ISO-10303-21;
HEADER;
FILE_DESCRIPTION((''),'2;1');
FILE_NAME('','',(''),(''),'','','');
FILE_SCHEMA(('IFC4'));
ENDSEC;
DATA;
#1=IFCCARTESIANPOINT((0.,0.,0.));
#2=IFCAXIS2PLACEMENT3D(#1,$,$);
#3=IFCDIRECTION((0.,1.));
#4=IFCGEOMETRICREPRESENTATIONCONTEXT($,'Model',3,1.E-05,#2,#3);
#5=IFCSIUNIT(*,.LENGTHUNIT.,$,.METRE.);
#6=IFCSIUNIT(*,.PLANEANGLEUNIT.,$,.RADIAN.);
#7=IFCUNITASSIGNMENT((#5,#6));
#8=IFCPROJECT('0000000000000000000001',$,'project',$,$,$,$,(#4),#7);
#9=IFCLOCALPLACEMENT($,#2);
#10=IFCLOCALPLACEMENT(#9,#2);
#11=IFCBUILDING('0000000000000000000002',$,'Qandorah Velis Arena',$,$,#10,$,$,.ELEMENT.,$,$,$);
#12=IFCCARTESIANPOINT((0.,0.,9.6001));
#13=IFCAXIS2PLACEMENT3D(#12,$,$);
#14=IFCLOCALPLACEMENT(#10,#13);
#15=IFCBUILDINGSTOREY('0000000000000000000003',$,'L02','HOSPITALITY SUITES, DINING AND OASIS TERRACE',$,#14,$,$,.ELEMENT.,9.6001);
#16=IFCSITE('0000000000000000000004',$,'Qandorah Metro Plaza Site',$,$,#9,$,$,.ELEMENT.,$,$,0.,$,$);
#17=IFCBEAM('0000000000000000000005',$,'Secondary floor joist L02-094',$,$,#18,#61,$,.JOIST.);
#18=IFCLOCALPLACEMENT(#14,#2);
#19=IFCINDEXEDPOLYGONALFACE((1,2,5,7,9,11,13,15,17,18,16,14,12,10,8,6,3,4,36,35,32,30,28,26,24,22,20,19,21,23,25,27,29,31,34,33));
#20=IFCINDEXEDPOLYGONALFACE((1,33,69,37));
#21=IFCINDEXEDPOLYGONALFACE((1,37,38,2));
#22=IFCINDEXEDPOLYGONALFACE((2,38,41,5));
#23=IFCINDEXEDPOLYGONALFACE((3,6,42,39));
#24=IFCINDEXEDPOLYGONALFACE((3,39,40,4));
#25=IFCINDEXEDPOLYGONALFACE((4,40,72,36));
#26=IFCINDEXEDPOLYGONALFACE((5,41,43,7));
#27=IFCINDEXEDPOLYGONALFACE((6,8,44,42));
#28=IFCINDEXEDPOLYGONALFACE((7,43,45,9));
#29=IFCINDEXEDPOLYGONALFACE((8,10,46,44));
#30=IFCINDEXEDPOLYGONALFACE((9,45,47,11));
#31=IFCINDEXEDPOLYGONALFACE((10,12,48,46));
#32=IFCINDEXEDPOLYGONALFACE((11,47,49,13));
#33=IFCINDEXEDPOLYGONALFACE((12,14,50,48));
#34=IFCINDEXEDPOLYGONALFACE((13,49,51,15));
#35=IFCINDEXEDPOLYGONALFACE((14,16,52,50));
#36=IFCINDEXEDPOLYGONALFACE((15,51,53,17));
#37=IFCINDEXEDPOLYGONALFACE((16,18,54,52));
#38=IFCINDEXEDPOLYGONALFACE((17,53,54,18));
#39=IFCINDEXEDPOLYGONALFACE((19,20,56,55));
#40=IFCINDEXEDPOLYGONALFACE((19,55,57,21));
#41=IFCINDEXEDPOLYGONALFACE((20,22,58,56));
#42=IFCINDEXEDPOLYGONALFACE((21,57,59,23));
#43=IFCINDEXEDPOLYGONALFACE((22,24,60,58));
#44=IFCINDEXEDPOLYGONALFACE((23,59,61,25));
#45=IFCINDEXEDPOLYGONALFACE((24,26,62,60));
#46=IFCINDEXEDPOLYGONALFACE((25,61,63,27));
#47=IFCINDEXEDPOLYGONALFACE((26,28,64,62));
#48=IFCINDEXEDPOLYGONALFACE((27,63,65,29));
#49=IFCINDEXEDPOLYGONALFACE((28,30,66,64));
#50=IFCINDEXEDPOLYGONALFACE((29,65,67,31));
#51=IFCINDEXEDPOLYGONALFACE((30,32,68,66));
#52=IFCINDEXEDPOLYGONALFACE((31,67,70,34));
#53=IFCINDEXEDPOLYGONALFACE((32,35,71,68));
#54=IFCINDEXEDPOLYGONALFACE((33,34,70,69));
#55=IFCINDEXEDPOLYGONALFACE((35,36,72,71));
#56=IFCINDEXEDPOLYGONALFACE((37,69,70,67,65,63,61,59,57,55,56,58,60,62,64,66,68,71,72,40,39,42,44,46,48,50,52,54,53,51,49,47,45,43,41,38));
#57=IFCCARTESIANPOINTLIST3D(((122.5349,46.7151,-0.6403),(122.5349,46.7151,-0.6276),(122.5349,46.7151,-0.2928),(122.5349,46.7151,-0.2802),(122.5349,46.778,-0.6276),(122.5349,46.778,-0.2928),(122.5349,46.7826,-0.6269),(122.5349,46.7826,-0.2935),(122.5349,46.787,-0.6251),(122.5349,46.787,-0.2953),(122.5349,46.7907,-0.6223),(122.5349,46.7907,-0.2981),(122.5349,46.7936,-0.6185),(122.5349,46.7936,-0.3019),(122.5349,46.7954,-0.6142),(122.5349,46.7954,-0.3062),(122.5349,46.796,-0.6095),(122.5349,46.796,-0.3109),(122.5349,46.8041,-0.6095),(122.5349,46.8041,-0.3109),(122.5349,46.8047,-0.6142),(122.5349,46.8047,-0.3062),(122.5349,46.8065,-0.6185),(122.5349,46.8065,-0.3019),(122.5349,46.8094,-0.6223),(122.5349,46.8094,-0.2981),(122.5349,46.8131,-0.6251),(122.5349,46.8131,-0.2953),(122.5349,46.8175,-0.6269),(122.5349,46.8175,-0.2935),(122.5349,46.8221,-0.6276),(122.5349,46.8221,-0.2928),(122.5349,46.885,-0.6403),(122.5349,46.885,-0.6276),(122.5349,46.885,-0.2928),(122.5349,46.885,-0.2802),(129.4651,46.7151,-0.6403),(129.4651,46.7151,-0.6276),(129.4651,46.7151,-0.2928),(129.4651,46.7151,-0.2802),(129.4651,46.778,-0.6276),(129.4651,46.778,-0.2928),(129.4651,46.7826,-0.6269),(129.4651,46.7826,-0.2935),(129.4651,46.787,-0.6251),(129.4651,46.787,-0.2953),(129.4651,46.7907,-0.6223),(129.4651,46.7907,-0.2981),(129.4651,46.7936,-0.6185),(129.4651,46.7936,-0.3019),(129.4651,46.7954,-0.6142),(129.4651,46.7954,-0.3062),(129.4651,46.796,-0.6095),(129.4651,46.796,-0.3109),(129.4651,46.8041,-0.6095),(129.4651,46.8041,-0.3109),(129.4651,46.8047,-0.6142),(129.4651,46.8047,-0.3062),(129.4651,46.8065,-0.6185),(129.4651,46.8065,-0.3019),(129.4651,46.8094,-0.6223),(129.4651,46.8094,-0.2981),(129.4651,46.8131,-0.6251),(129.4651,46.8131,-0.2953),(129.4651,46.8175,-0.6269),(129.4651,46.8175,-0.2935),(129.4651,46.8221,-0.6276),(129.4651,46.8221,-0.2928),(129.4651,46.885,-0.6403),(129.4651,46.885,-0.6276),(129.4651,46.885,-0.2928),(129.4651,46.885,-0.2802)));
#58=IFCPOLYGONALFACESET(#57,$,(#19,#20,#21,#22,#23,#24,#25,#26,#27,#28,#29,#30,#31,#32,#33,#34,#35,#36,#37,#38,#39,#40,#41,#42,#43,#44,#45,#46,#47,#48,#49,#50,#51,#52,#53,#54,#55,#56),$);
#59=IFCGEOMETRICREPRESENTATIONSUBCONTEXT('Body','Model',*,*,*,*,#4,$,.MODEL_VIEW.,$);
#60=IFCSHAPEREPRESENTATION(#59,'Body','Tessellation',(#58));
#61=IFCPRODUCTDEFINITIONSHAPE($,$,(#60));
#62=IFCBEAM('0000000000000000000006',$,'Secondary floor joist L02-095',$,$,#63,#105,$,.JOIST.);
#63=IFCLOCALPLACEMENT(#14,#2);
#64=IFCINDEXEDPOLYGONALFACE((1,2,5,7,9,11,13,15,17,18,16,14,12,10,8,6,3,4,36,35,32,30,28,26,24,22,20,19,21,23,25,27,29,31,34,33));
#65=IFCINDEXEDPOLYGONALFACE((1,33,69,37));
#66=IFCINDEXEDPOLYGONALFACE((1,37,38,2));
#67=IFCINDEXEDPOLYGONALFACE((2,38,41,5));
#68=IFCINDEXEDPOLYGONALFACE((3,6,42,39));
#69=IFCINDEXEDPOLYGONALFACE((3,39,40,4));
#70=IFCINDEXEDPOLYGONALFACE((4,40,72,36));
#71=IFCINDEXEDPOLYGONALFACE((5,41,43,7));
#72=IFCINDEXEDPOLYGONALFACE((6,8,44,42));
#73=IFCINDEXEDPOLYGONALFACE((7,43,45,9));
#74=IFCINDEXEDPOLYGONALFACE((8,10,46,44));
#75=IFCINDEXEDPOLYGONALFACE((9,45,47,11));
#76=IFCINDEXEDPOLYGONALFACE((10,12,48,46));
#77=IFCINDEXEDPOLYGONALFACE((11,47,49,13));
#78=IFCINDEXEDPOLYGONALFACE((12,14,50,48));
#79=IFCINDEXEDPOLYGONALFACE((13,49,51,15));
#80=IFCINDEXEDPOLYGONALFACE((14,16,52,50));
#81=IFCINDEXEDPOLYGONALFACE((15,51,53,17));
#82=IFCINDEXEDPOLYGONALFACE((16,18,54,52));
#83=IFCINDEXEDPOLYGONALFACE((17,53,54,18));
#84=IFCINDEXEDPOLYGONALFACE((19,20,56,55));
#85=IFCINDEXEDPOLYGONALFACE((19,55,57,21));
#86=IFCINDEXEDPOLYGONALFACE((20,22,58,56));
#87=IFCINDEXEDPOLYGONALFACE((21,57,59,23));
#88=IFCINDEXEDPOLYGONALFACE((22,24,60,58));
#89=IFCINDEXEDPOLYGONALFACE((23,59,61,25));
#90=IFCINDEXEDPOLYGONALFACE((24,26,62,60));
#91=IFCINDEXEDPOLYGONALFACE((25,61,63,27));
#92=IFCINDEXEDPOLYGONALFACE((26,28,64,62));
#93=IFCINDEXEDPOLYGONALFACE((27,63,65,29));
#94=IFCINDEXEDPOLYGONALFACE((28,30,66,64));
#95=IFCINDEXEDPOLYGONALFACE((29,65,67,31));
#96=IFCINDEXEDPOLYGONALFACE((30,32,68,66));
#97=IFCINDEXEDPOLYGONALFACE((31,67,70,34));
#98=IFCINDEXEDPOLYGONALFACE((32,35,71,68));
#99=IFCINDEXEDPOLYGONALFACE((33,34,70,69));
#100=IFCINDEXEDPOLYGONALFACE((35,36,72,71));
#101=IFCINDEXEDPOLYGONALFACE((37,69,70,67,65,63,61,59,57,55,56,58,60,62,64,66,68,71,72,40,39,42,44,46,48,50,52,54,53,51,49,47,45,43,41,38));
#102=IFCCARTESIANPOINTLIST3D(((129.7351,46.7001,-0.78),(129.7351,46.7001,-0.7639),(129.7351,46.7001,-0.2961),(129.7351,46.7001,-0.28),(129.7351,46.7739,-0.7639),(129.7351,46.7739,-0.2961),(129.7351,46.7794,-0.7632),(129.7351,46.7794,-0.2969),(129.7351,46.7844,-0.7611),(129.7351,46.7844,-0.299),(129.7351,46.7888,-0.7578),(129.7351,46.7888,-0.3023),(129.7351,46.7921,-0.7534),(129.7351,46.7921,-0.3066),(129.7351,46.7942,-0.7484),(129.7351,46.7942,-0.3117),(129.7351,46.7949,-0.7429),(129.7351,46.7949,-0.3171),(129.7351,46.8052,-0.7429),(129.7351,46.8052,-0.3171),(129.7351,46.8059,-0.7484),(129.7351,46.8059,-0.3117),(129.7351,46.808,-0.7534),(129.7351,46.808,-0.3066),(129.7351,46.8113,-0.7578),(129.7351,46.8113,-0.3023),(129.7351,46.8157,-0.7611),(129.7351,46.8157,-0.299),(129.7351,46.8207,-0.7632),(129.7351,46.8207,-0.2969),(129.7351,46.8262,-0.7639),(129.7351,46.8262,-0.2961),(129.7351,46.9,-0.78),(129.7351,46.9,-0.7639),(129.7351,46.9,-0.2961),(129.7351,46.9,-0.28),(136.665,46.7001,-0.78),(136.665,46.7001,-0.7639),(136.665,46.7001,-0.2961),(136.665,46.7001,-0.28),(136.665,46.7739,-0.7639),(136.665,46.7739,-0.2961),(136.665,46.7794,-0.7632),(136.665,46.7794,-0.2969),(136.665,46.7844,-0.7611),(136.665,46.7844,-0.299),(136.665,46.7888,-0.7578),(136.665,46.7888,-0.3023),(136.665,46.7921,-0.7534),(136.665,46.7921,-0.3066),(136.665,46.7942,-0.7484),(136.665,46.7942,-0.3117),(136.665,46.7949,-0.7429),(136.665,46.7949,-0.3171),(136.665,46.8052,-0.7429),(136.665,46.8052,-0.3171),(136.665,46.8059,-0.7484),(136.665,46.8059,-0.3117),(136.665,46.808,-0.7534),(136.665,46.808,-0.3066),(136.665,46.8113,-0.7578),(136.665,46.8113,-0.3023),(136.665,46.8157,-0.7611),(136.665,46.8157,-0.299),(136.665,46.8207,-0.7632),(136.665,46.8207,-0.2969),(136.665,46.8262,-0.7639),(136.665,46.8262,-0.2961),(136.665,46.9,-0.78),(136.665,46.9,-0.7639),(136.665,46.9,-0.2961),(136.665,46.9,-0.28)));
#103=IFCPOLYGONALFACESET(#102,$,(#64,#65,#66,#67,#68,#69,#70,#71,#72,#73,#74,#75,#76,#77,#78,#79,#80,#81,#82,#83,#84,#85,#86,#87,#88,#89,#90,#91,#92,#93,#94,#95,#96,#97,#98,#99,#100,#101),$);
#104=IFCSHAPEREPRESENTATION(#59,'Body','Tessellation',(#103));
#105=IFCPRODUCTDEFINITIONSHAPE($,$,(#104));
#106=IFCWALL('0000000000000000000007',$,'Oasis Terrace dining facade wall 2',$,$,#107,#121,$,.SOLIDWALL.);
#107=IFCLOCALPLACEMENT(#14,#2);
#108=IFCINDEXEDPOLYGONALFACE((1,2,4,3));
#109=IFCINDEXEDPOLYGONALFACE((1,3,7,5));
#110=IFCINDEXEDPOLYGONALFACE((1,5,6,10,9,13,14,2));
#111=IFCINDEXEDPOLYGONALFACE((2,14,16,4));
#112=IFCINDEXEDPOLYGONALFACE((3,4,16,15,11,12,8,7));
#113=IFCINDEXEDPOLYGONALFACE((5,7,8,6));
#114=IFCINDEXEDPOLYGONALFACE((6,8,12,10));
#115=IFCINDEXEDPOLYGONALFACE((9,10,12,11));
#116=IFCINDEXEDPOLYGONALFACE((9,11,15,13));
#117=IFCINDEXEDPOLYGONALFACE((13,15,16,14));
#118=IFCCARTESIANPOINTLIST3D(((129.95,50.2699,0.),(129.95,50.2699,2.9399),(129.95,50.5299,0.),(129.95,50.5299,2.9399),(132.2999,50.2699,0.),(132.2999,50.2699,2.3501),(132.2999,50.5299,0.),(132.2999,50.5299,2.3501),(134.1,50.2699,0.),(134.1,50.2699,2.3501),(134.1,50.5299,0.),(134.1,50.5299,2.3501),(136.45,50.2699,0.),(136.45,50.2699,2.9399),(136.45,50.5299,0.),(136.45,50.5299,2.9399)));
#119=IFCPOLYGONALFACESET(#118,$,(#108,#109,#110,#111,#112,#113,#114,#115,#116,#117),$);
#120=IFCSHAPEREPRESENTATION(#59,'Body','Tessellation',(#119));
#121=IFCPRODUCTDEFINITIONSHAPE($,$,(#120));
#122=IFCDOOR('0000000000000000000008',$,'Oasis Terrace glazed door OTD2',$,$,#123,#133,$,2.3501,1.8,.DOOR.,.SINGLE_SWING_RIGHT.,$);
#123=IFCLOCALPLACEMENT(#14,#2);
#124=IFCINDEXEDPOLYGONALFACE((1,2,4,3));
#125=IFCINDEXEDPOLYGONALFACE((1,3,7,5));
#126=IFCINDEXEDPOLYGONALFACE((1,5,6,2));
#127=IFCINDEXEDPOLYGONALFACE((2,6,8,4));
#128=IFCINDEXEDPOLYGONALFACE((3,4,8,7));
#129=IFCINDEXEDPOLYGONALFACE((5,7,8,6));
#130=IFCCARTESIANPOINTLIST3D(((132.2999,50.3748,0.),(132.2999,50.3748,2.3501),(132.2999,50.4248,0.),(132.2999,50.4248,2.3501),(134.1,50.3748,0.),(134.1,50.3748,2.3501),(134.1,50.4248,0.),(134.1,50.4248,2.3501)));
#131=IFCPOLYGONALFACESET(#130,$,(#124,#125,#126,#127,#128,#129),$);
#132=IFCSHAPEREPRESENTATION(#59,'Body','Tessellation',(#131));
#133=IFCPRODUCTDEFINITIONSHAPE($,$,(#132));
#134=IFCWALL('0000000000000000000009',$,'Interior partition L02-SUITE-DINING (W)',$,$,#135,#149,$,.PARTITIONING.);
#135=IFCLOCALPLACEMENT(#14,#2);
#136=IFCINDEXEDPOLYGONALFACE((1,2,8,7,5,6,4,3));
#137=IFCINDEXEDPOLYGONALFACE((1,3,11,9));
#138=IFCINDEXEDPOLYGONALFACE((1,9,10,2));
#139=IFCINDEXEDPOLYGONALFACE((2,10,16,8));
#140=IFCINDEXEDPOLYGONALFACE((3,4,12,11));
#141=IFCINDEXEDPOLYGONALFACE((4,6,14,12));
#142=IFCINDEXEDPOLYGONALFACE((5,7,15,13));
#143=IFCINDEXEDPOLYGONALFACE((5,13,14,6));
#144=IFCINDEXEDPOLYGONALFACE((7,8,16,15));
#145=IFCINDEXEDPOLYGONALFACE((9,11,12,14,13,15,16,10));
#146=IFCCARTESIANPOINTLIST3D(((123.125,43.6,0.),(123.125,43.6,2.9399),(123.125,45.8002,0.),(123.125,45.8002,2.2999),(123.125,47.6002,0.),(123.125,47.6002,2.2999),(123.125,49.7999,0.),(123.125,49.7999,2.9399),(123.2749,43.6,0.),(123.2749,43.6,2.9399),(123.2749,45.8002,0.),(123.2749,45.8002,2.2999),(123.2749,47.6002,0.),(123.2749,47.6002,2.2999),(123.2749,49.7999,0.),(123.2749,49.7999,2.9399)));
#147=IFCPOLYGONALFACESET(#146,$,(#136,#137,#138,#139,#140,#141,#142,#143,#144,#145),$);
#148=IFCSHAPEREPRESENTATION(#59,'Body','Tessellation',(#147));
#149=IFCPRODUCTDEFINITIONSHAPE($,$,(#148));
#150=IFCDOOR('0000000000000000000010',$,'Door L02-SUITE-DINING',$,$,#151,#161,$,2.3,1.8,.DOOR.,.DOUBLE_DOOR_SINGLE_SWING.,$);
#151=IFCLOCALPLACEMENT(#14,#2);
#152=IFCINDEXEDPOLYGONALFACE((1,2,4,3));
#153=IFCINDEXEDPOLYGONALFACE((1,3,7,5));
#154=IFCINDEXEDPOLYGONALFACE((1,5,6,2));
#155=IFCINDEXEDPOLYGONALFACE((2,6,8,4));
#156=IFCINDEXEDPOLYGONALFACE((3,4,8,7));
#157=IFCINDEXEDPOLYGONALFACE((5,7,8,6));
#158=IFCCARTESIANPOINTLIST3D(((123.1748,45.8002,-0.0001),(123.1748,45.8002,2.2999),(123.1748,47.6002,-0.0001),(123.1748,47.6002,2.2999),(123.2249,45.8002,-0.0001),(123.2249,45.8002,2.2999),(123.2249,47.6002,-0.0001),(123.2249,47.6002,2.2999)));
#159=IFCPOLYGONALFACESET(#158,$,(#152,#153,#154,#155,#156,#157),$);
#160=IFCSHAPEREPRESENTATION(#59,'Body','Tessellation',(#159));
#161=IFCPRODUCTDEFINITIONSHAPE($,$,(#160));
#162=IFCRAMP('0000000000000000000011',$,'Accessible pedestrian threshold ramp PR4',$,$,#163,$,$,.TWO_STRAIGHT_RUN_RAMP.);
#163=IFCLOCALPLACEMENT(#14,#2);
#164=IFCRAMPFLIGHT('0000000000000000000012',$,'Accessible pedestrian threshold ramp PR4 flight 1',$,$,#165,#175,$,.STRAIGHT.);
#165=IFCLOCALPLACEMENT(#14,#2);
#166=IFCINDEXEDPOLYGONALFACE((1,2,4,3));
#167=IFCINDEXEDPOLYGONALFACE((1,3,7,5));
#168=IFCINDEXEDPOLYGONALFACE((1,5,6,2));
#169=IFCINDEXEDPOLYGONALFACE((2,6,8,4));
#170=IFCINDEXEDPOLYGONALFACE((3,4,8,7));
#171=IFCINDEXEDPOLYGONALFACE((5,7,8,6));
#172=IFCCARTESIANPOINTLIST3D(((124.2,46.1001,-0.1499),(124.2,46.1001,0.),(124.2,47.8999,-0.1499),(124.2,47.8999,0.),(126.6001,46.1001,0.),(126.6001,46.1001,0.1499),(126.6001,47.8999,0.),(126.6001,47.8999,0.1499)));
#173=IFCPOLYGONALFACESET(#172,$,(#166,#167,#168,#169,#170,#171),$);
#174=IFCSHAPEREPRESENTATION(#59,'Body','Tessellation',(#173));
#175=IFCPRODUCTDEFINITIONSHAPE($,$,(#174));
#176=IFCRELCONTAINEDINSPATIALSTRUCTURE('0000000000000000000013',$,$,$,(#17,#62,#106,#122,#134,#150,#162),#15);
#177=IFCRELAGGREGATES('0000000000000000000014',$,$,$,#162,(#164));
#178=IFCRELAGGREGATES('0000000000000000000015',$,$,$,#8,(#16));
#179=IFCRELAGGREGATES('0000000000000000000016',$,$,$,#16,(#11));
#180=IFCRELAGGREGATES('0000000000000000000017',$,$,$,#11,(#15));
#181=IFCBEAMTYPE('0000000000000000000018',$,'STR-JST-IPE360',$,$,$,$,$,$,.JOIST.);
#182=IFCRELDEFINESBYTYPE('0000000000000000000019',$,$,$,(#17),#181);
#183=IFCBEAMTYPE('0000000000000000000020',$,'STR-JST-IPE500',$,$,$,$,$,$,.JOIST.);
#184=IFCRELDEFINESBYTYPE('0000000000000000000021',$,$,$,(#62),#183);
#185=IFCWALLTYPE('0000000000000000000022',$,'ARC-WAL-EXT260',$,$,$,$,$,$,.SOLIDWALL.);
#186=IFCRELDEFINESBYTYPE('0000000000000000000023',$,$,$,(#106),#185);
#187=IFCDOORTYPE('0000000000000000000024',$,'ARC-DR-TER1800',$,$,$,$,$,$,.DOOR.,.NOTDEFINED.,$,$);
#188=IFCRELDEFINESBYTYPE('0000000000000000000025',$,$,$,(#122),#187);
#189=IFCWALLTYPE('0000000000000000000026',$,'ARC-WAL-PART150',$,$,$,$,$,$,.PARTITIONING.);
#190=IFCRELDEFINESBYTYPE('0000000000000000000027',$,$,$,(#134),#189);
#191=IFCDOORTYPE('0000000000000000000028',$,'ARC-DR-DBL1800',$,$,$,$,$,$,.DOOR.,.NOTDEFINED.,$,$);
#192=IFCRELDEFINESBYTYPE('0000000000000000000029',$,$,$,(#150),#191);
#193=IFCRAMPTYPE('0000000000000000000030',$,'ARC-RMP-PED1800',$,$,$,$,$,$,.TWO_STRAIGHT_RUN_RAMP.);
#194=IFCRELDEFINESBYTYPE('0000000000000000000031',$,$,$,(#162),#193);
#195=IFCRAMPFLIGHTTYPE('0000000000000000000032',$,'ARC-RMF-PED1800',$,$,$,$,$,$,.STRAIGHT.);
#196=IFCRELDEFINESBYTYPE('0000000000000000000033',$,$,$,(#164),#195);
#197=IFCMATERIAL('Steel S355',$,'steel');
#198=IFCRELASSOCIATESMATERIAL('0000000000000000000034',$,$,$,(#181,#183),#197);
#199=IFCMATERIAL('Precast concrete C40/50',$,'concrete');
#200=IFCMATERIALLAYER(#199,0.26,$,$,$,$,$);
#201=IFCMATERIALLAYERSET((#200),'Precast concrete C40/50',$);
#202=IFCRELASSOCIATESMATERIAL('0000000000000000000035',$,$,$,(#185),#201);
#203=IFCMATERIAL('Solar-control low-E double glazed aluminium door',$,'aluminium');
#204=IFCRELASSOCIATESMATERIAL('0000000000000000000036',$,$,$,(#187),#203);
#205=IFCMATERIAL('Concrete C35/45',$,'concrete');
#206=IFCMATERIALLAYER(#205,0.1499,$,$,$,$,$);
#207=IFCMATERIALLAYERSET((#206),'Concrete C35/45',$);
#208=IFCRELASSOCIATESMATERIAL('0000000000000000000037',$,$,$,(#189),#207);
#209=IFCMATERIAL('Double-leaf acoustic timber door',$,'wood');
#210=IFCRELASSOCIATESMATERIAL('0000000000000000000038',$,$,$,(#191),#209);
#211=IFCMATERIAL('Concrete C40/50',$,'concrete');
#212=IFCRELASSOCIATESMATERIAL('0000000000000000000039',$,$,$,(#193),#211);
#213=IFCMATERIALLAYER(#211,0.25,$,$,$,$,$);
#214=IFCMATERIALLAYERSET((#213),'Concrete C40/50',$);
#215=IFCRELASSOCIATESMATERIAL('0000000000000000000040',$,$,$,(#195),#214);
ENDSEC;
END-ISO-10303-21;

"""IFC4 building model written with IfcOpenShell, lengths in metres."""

from ifc_helpers import new_model, si_unit, direction, frame, frame_2d, origin, origin_2d, place, context, subcontext, project, spatial, polyline, rectangle, i_section, outline, extrude, material, layer, layer_set, material_profile, profile_set, type_object, element, fill, aggregate, save


model = new_model("IFC4")

# Units and contexts
model_context = context("Model", 3, precision=1e-05, world=origin(), true_north=direction((0.0, 1.0)))
body_context = subcontext(model_context, "Body", "Model", "MODEL_VIEW")
ifc_project = project(units=[si_unit("LENGTHUNIT", "METRE"), si_unit("PLANEANGLEUNIT", "RADIAN")], contexts=[model_context])

# Site, building, storey
site_placement = place(None, origin())
site = spatial("IfcSite", under=ifc_project, at=site_placement, Name="Qandorah Metro Plaza Site", CompositionType="ELEMENT", RefElevation=0.0)
building_placement = place(site_placement, origin())
building = spatial("IfcBuilding", under=site, at=building_placement, Name="Qandorah Velis Arena", CompositionType="ELEMENT")
storey_placement = place(building_placement, frame((0.0, 0.0, 9.6001)))
storey = spatial("IfcBuildingStorey", under=building, at=storey_placement, Name="L02", Description="HOSPITALITY SUITES, DINING AND OASIS TERRACE", CompositionType="ELEMENT", Elevation=9.6001)

# Shared definitions
ifc_material_1 = material(Name="Concrete C40/50", Category="concrete")
ifc_material_2 = material(Name="Steel S355", Category="steel")

# Beams
ifc_material_profile_1 = material_profile(ifc_material_2, i_section(OverallWidth=0.1699, OverallDepth=0.3601, WebThickness=0.0081, FlangeThickness=0.0127, FilletRadius=0.0181, at=origin_2d()), Name="IPE 360")
ifc_profile_set_1 = profile_set([ifc_material_profile_1], Name="Steel S355")
beam_type_1 = type_object("IfcBeamType", Name="STR-JST-IPE360", PredefinedType="JOIST", material=ifc_profile_set_1)
beam_1_placement = place(storey_placement, frame((122.5349, 46.8, -0.4602), z_axis=(1.0, 0.0, 0.0), x_axis=(0.0, 1.0, 0.0)))
element("IfcBeam", 1, at=beam_1_placement, inside=storey, type_object=beam_type_1, Name="Secondary floor joist L02-094", PredefinedType="JOIST", context=body_context, shape_type="SweptSolid", body=[
    extrude(i_section(OverallWidth=0.1699, OverallDepth=0.3601, WebThickness=0.0081, FlangeThickness=0.0127, FilletRadius=0.0181, at=origin_2d()), origin(), (0.0, 0.0, 1.0), 6.9302),
])
ifc_material_profile_2 = material_profile(ifc_material_2, i_section(OverallWidth=0.2, OverallDepth=0.5, WebThickness=0.0103, FlangeThickness=0.0161, FilletRadius=0.021, at=origin_2d()), Name="IPE 500")
ifc_profile_set_2 = profile_set([ifc_material_profile_2], Name="Steel S355")
beam_type_2 = type_object("IfcBeamType", Name="STR-JST-IPE500", PredefinedType="JOIST", material=ifc_profile_set_2)
beam_2_placement = place(storey_placement, frame((129.7351, 46.8, -0.53), z_axis=(1.0, 0.0, 0.0), x_axis=(0.0, 1.0, 0.0)))
element("IfcBeam", 2, at=beam_2_placement, inside=storey, type_object=beam_type_2, Name="Secondary floor joist L02-095", PredefinedType="JOIST", context=body_context, shape_type="SweptSolid", body=[
    extrude(i_section(OverallWidth=0.2, OverallDepth=0.5, WebThickness=0.0103, FlangeThickness=0.0161, FilletRadius=0.021, at=origin_2d()), origin(), (0.0, 0.0, 1.0), 6.9299),
])

# Walls, openings, doors
ifc_material_3 = material(Name="Precast concrete C40/50", Category="concrete")
ifc_layer_1 = layer(ifc_material_3, 0.26)
ifc_layer_set_1 = layer_set([ifc_layer_1], Name="Precast concrete C40/50")
wall_type_1 = type_object("IfcWallType", Name="ARC-WAL-EXT260", PredefinedType="SOLIDWALL", material=ifc_layer_set_1)
ifc_material_4 = material(Name="Solar-control low-E double glazed aluminium door", Category="aluminium")
wall_1_placement = place(storey_placement, frame((129.95, 50.3999, 0.0), z_axis=(0.0, 0.0, 1.0), x_axis=(1.0, 0.0, 0.0)))
wall_1 = element("IfcWall", 3, at=wall_1_placement, inside=storey, type_object=wall_type_1, Name="Oasis Terrace dining facade wall 2", PredefinedType="SOLIDWALL", context=body_context, shape_type="SweptSolid", body=[
    extrude(rectangle(XDim=6.5, YDim=0.26, at=frame_2d((3.25, 0.0))), origin(), (0.0, 0.0, 1.0), 2.9399),
])
opening_1_placement = place(wall_1_placement, frame((2.3501, 0.0, 0.0)))
opening_1 = element("IfcOpeningElement", 4, at=opening_1_placement, cuts=wall_1, PredefinedType="OPENING", context=body_context, shape_type="SweptSolid", body=[
    extrude(rectangle(XDim=1.8, YDim=2.3501, at=frame_2d((0.8999, 1.175))), frame((0.0, 0.1401, 0.0), z_axis=(0.0, -1.0, 0.0), x_axis=(1.0, 0.0, 0.0)), (0.0, 0.0, 1.0), 0.28),
])
door_type_1 = type_object("IfcDoorType", Name="ARC-DR-TER1800", OperationType="NOTDEFINED", PredefinedType="DOOR", material=ifc_material_4)
door_1_placement = place(opening_1_placement, origin())
door_1 = element("IfcDoor", 5, at=door_1_placement, inside=storey, type_object=door_type_1, Name="Oasis Terrace glazed door OTD2", OperationType="SINGLE_SWING_RIGHT", OverallHeight=2.3501, OverallWidth=1.8, PredefinedType="DOOR", context=body_context, shape_type="SweptSolid", body=[
    extrude(rectangle(XDim=1.8, YDim=2.3501, at=frame_2d((0.8999, 1.175))), frame((0.0, 0.0249, 0.0), z_axis=(0.0, -1.0, 0.0), x_axis=(1.0, 0.0, 0.0)), (0.0, 0.0, 1.0), 0.05),
])
fill(opening_1, door_1)
ifc_material_5 = material(Name="Concrete C35/45", Category="concrete")
ifc_layer_2 = layer(ifc_material_5, 0.1499)
ifc_layer_set_2 = layer_set([ifc_layer_2], Name="Concrete C35/45")
wall_type_2 = type_object("IfcWallType", Name="ARC-WAL-PART150", PredefinedType="PARTITIONING", material=ifc_layer_set_2)
wall_2_placement = place(storey_placement, frame((123.2, 49.8, 0.0), z_axis=(0.0, 0.0, 1.0), x_axis=(0.0, -1.0, 0.0)))
wall_2 = element("IfcWall", 6, at=wall_2_placement, inside=storey, type_object=wall_type_2, Name="Interior partition L02-SUITE-DINING (W)", PredefinedType="PARTITIONING", context=body_context, shape_type="SweptSolid", body=[
    extrude(rectangle(XDim=6.2, YDim=0.1499, at=frame_2d((3.1001, 0.0))), origin(), (0.0, 0.0, 1.0), 2.9399),
])
opening_2_placement = place(wall_2_placement, frame((2.2, 0.0, 0.0)))
opening_2 = element("IfcOpeningElement", 7, at=opening_2_placement, cuts=wall_2, PredefinedType="OPENING", context=body_context, shape_type="SweptSolid", body=[
    extrude(rectangle(XDim=1.8, YDim=2.3, at=frame_2d((0.8999, 1.1499))), frame((0.0, 0.085, 0.0), z_axis=(0.0, -1.0, 0.0), x_axis=(1.0, 0.0, 0.0)), (0.0, 0.0, 1.0), 0.1699),
])
ifc_material_6 = material(Name="Double-leaf acoustic timber door", Category="wood")
door_type_2 = type_object("IfcDoorType", Name="ARC-DR-DBL1800", OperationType="NOTDEFINED", PredefinedType="DOOR", material=ifc_material_6)
door_2_placement = place(opening_2_placement, origin())
door_2 = element("IfcDoor", 8, at=door_2_placement, inside=storey, type_object=door_type_2, Name="Door L02-SUITE-DINING", OperationType="DOUBLE_DOOR_SINGLE_SWING", OverallHeight=2.3, OverallWidth=1.8, PredefinedType="DOOR", context=body_context, shape_type="SweptSolid", body=[
    extrude(rectangle(XDim=1.8, YDim=2.3, at=frame_2d((0.8999, 1.1499))), frame((0.0, 0.0249, 0.0), z_axis=(0.0, -1.0, 0.0), x_axis=(1.0, 0.0, 0.0)), (0.0, 0.0, 1.0), 0.05),
])
fill(opening_2, door_2)

# Ramp, ramp flight
ramp_type = type_object("IfcRampType", Name="ARC-RMP-PED1800", PredefinedType="TWO_STRAIGHT_RUN_RAMP", material=ifc_material_1)
ramp_placement = place(storey_placement, origin())
ramp = element("IfcRamp", 9, at=ramp_placement, inside=storey, type_object=ramp_type, Name="Accessible pedestrian threshold ramp PR4", PredefinedType="TWO_STRAIGHT_RUN_RAMP")
ifc_layer_3 = layer(ifc_material_1, 0.25)
ifc_layer_set_3 = layer_set([ifc_layer_3], Name="Concrete C40/50")
ramp_flight_type = type_object("IfcRampFlightType", Name="ARC-RMF-PED1800", PredefinedType="STRAIGHT", material=ifc_layer_set_3)
ramp_flight_placement = place(storey_placement, frame((124.2, 47.0, 0.0), z_axis=(0.0, 0.0, 1.0), x_axis=(1.0, 0.0, 0.0)))
ramp_flight = element("IfcRampFlight", 10, at=ramp_flight_placement, type_object=ramp_flight_type, Name="Accessible pedestrian threshold ramp PR4 flight 1", PredefinedType="STRAIGHT", context=body_context, shape_type="SweptSolid", body=[
    extrude(outline(polyline([(0.0, 0.0), (2.4001, 0.1499), (2.4001, 0.0), (0.0, -0.1499), (0.0, 0.0)])), frame((0.0, 0.8999, 0.0), z_axis=(0.0, -1.0, 0.0), x_axis=(1.0, 0.0, 0.0)), (0.0, 0.0, 1.0), 1.7998),
])
aggregate(ramp, [ramp_flight])

save(model, "model.ifc")
